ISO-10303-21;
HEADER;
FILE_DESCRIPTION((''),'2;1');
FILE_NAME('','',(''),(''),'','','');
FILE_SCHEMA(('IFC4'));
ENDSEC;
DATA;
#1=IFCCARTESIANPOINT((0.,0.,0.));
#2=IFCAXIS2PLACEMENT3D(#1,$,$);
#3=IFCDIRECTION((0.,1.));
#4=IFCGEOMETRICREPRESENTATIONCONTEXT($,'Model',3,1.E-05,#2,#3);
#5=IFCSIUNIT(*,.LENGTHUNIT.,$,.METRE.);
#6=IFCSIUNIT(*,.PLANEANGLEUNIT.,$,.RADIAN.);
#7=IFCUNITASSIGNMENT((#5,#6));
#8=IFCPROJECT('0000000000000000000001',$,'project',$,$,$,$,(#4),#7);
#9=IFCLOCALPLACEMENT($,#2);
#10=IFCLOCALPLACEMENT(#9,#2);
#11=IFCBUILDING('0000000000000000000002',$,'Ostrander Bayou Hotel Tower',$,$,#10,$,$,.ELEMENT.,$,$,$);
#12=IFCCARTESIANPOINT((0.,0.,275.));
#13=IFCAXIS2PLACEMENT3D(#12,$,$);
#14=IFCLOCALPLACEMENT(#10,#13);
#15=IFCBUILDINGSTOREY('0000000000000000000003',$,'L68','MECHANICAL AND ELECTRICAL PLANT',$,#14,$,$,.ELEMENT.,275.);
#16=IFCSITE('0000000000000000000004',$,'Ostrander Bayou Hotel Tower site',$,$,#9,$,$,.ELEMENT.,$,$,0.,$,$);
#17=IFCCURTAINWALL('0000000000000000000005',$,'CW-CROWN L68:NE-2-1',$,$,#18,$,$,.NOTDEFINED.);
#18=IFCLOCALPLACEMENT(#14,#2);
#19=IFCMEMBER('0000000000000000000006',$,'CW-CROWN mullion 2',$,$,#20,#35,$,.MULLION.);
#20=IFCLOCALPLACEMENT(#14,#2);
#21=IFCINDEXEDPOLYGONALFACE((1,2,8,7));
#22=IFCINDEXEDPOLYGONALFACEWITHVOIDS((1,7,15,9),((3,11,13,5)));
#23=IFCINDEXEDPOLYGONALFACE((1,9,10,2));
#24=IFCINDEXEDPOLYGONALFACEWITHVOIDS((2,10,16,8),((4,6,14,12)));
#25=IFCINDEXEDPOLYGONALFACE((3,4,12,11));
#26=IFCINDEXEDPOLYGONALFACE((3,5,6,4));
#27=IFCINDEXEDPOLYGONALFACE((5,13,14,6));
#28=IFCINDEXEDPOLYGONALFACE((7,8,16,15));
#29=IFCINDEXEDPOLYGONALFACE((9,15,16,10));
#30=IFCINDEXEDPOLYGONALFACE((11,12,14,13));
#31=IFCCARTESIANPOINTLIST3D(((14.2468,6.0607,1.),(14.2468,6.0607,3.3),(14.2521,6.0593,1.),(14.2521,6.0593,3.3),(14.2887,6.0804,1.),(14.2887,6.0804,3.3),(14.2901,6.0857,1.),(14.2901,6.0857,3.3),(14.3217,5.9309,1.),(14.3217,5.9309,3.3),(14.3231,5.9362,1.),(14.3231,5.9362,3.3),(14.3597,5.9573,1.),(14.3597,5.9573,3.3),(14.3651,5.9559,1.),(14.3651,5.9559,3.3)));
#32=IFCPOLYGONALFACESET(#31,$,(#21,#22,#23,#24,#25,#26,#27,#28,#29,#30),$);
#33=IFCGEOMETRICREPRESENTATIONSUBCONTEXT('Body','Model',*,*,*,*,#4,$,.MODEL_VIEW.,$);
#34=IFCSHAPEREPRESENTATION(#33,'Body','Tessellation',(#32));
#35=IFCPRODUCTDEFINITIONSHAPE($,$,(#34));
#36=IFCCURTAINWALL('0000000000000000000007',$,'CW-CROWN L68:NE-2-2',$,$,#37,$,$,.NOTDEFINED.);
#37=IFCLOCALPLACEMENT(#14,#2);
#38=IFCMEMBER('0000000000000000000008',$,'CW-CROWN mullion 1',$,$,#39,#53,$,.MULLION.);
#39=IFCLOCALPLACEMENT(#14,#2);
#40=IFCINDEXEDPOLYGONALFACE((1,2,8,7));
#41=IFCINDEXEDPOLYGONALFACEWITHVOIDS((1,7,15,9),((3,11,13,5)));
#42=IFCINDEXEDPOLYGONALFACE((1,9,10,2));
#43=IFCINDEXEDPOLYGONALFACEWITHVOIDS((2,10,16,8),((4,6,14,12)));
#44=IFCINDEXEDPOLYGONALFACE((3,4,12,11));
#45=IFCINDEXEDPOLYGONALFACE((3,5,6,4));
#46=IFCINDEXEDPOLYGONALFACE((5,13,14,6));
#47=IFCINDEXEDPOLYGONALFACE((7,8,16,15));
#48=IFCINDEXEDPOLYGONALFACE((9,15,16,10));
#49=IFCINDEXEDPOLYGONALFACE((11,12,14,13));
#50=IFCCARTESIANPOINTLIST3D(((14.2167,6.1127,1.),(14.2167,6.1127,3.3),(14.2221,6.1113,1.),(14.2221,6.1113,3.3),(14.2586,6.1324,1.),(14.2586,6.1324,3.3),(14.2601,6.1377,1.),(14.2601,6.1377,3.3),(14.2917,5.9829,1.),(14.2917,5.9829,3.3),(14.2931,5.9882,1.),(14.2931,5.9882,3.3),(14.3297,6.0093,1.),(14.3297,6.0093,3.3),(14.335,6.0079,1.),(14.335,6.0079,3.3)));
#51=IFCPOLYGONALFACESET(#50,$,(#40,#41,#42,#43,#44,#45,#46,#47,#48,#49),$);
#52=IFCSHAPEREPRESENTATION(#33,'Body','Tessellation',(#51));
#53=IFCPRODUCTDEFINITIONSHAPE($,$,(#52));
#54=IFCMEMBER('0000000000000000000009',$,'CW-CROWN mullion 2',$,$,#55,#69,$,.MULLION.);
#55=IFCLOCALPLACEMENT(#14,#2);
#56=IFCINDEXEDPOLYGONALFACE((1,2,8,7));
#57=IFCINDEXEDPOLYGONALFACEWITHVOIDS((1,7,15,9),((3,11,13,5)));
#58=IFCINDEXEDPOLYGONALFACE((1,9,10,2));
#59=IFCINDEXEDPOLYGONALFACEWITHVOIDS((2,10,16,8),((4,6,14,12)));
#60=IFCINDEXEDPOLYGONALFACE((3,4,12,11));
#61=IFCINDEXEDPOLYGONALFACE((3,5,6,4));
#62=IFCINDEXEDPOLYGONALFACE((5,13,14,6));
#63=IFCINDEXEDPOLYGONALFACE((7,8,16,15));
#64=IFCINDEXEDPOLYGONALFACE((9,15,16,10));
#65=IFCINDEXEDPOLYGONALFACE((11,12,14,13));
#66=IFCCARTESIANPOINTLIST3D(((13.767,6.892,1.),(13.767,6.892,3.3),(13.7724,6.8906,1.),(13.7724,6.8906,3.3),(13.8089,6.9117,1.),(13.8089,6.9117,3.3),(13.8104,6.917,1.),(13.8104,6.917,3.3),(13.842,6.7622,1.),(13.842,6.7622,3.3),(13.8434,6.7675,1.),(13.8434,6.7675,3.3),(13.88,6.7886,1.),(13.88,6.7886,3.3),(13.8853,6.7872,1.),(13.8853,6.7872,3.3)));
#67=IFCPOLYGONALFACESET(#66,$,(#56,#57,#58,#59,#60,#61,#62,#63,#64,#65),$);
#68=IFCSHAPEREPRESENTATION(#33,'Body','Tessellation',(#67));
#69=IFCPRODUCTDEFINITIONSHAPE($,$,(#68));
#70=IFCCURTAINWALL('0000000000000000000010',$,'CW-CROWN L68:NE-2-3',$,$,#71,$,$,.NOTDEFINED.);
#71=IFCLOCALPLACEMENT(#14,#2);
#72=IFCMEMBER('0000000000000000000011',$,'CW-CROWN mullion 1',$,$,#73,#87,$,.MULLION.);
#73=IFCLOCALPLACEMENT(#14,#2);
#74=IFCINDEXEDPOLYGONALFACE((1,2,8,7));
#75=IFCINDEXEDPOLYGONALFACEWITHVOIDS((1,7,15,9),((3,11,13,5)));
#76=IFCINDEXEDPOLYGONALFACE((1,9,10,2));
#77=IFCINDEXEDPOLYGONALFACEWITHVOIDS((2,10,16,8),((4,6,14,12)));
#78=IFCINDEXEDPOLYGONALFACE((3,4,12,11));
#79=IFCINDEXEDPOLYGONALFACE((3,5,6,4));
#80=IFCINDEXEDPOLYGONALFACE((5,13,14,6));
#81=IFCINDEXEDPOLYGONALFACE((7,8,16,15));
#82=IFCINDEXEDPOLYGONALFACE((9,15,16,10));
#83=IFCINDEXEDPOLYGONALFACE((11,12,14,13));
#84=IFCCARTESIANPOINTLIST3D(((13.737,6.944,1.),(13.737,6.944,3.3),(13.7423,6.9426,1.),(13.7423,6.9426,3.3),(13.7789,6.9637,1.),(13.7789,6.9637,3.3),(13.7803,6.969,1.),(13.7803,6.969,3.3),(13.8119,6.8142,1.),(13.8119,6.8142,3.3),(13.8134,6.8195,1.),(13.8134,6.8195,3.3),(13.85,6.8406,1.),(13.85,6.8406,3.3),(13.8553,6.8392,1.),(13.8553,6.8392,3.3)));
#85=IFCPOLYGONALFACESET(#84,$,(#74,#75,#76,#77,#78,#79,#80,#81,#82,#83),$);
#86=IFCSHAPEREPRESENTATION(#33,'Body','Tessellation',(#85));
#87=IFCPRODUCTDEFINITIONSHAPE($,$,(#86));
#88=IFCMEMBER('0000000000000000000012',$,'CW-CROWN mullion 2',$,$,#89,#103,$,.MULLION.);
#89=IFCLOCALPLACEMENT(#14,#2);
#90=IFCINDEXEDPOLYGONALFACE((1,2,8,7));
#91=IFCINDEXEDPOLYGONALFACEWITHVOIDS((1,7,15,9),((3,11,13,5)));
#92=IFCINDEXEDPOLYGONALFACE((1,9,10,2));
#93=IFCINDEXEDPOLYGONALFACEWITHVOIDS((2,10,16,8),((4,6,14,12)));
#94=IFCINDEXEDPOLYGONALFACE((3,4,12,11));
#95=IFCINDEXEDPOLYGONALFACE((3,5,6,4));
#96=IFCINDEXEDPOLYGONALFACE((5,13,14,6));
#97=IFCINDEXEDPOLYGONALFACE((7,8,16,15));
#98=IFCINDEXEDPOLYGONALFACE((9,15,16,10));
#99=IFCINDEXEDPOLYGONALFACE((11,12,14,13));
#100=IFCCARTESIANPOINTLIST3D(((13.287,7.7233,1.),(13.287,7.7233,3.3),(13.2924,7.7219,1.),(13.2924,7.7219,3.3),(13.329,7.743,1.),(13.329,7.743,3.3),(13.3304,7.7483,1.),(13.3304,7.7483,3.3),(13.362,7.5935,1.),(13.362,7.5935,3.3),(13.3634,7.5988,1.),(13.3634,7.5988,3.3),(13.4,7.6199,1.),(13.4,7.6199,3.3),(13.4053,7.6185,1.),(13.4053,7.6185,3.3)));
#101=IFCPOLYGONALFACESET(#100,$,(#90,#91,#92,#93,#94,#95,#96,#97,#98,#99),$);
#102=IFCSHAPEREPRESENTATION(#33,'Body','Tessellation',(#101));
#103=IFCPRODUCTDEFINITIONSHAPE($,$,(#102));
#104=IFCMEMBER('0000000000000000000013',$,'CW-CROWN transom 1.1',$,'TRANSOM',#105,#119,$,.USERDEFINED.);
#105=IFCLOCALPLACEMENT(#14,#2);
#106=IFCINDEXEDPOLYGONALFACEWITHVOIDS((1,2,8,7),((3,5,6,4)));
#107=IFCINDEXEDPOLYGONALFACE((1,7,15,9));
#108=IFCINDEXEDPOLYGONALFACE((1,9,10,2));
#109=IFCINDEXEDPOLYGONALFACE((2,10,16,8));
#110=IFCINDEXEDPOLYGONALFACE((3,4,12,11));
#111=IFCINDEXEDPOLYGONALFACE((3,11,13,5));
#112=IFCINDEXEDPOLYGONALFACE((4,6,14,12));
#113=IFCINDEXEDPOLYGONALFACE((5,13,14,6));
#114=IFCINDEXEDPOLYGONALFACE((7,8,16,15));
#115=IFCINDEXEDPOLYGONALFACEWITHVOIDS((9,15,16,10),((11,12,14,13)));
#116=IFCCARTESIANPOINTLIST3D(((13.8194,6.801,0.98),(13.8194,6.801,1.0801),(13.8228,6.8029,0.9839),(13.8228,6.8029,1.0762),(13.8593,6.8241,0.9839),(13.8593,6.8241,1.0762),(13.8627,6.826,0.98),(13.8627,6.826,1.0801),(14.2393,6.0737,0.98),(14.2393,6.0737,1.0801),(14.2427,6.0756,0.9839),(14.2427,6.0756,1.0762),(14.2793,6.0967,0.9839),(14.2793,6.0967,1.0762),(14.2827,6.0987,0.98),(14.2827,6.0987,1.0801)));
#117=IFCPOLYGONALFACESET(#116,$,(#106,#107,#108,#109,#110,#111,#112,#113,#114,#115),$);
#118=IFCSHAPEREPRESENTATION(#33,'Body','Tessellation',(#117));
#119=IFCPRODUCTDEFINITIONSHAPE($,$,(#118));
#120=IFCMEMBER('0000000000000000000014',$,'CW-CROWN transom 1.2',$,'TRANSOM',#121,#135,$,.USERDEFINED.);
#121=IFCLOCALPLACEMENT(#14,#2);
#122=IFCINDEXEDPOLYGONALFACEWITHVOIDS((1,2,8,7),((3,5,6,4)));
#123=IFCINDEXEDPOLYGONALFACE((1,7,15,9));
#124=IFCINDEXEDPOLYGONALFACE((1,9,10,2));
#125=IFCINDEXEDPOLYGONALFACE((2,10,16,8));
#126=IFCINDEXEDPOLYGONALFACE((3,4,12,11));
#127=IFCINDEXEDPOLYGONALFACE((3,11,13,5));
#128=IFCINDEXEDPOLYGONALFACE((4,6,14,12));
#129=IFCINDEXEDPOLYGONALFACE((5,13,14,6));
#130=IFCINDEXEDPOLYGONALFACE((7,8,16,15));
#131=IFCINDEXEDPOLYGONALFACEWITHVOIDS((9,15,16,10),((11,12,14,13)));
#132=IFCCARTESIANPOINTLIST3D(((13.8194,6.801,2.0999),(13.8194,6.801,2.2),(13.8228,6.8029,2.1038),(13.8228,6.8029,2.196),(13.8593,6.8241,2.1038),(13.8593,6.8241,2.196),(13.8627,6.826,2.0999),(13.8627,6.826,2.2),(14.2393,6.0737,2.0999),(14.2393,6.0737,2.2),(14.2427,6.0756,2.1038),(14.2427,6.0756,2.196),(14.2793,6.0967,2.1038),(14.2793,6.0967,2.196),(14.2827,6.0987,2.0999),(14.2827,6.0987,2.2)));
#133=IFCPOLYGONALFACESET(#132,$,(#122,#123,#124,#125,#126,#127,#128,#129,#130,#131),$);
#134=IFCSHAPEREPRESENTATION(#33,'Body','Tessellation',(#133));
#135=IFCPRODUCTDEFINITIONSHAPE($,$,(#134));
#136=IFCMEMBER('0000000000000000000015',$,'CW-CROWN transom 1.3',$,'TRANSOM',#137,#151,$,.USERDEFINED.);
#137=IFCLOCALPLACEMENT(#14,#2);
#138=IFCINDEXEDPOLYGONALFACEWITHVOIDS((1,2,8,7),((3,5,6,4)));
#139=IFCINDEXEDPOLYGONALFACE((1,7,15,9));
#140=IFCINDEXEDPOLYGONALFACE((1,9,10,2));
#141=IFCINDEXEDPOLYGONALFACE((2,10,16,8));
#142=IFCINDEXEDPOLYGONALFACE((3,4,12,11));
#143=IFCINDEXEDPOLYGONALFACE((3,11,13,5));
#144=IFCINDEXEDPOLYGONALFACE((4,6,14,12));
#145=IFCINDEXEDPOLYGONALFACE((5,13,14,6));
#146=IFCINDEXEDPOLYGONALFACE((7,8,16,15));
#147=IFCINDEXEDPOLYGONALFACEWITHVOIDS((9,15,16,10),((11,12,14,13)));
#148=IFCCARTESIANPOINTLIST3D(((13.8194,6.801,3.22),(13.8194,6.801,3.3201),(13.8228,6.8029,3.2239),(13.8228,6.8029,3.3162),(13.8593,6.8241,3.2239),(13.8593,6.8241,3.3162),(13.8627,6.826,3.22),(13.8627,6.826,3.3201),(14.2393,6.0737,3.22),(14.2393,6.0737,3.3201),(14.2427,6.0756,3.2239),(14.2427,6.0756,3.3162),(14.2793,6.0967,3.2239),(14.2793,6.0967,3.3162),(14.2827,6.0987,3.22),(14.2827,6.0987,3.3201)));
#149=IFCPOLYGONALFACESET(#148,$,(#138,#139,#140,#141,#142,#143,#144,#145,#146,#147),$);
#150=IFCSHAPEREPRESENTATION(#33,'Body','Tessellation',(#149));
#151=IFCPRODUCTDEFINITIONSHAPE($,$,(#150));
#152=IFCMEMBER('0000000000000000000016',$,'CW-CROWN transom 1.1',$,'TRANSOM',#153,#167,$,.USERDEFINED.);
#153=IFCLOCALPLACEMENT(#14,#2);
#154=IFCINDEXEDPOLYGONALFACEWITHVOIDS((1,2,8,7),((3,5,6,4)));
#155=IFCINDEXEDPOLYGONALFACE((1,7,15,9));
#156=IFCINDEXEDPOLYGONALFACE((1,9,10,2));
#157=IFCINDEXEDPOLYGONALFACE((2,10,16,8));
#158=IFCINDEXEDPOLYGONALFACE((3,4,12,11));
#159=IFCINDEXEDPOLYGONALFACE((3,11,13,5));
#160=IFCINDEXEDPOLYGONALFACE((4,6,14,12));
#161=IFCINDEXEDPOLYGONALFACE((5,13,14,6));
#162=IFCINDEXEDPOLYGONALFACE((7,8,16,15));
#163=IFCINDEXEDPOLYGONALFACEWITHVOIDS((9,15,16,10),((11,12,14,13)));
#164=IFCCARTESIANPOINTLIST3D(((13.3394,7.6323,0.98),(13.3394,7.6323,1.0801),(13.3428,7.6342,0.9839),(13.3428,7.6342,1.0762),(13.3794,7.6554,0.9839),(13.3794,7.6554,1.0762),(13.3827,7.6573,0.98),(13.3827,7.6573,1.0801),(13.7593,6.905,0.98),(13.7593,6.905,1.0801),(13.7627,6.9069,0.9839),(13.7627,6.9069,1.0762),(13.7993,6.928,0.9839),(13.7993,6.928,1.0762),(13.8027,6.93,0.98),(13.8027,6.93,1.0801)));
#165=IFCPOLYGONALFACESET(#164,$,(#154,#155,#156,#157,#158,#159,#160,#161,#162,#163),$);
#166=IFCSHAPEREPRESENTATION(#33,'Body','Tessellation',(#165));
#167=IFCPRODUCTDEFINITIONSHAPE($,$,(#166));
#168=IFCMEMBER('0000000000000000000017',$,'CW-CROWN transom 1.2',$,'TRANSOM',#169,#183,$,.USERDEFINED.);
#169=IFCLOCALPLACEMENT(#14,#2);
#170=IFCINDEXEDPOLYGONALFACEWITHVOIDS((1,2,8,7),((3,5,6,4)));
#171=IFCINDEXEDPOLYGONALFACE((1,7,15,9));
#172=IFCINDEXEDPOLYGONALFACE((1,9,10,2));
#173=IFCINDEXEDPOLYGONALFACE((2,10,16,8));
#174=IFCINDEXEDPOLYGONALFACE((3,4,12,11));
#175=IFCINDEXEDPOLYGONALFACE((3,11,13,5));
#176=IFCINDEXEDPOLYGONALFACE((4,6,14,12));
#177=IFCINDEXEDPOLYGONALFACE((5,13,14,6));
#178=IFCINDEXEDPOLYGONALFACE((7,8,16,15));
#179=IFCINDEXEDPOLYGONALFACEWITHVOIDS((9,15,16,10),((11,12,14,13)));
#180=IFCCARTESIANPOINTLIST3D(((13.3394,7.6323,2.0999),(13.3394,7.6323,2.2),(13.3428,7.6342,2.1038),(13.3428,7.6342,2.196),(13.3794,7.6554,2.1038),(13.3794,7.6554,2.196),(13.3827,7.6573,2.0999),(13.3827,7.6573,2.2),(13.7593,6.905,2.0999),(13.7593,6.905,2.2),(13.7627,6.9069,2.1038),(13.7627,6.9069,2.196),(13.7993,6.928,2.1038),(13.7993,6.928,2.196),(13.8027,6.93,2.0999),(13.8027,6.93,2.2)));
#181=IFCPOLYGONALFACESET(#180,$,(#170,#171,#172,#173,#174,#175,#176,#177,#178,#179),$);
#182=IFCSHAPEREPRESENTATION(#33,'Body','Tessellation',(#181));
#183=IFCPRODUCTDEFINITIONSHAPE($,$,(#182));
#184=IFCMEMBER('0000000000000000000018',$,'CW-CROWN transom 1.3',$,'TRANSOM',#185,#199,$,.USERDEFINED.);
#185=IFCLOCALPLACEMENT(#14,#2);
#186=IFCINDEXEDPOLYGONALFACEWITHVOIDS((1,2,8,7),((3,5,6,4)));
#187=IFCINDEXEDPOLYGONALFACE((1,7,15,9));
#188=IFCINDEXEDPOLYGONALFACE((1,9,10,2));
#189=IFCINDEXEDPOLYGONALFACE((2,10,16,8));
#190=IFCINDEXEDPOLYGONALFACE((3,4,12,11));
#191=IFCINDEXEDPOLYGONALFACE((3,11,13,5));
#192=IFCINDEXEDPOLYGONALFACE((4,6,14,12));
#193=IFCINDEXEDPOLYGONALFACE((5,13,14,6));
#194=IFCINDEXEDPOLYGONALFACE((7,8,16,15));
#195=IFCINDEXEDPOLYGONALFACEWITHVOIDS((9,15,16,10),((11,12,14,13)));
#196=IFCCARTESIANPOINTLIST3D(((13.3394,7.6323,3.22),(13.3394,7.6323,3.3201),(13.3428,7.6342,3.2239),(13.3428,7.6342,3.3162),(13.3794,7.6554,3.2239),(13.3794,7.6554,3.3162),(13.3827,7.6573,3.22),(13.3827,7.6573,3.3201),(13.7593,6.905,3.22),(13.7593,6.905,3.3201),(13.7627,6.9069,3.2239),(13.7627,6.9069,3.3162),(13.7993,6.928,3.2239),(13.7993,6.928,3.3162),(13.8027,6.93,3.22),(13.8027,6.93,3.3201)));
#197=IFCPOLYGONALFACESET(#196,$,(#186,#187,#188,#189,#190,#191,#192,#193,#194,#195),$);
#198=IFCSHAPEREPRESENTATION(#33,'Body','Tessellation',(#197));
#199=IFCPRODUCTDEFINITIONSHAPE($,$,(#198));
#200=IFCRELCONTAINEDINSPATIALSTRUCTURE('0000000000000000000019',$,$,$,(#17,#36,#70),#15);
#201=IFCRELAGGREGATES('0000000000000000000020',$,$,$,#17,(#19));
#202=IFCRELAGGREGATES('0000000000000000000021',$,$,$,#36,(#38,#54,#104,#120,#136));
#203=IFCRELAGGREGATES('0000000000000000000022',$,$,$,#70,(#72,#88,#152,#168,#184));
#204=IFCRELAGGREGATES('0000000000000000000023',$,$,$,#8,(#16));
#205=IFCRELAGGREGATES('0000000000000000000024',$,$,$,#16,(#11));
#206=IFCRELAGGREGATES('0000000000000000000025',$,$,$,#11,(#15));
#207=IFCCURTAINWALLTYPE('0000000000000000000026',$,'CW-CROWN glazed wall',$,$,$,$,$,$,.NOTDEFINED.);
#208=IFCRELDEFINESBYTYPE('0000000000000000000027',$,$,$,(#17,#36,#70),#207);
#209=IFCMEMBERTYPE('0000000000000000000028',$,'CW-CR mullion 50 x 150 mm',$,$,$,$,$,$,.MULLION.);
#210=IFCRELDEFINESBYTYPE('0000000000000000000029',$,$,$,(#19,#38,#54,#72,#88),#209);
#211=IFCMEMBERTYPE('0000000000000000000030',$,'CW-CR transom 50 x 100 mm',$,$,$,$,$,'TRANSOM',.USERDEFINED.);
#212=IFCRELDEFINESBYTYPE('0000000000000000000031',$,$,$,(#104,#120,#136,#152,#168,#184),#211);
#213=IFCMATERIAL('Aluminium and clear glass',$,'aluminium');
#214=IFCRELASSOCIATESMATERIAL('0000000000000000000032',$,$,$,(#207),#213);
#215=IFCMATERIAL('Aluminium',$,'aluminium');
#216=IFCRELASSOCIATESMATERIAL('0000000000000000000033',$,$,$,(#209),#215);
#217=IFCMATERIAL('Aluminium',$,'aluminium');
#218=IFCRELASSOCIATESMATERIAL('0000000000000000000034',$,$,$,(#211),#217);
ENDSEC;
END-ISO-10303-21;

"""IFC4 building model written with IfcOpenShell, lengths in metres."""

from ifc_helpers import new_model, si_unit, direction, frame, origin, origin_2d, place, context, subcontext, project, spatial, hollow_rectangle, extrude, material, material_profile, profile_set, type_object, element, aggregate, save


model = new_model("IFC4")

# Units and contexts
model_context = context("Model", 3, precision=1e-05, world=origin(), true_north=direction((0.0, 1.0)))
body_context = subcontext(model_context, "Body", "Model", "MODEL_VIEW")
ifc_project = project(units=[si_unit("LENGTHUNIT", "METRE"), si_unit("PLANEANGLEUNIT", "RADIAN")], contexts=[model_context])

# Site, building, storey
site_placement = place(None, origin())
site = spatial("IfcSite", under=ifc_project, at=site_placement, Name="Ostrander Bayou Hotel Tower site", CompositionType="ELEMENT", RefElevation=0.0)
building_placement = place(site_placement, origin())
building = spatial("IfcBuilding", under=site, at=building_placement, Name="Ostrander Bayou Hotel Tower", CompositionType="ELEMENT")
storey_placement = place(building_placement, frame((0.0, 0.0, 275.0)))
storey = spatial("IfcBuildingStorey", under=building, at=storey_placement, Name="L68", Description="MECHANICAL AND ELECTRICAL PLANT", CompositionType="ELEMENT", Elevation=275.0)

# Curtain wall, member
ifc_material_1 = material(Name="Aluminium and clear glass", Category="aluminium")
curtain_wall_type = type_object("IfcCurtainWallType", Name="CW-CROWN glazed wall", PredefinedType="NOTDEFINED", material=ifc_material_1)
curtain_wall_1_placement = place(storey_placement, origin())
curtain_wall_1 = element("IfcCurtainWall", 1, at=curtain_wall_1_placement, inside=storey, type_object=curtain_wall_type, Name="CW-CROWN L68:NE-2-1", PredefinedType="NOTDEFINED")
ifc_material_2 = material(Name="Aluminium", Category="aluminium")
ifc_material_profile_1 = material_profile(ifc_material_2, hollow_rectangle(XDim=0.05, YDim=0.1499, WallThickness=0.0039, at=origin_2d()))
ifc_profile_set_1 = profile_set([ifc_material_profile_1], Name="Aluminium")
member_type_1 = type_object("IfcMemberType", Name="CW-CR mullion 50 x 150 mm", PredefinedType="MULLION", material=ifc_profile_set_1)
member_1_placement = place(storey_placement, frame((14.3059, 6.0083, 1.0), z_axis=(0.0, 0.0, 1.0), x_axis=(-0.866022, -0.500005, 0.0)))
member_1 = element("IfcMember", 2, at=member_1_placement, type_object=member_type_1, Name="CW-CROWN mullion 2", PredefinedType="MULLION", context=body_context, shape_type="SweptSolid", body=[
    extrude(hollow_rectangle(XDim=0.05, YDim=0.1499, WallThickness=0.0039, at=origin_2d()), origin(), (0.0, 0.0, 1.0), 2.3),
])

# Curtain walls, members
curtain_wall_2_placement = place(storey_placement, origin())
curtain_wall_2 = element("IfcCurtainWall", 3, at=curtain_wall_2_placement, inside=storey, type_object=curtain_wall_type, Name="CW-CROWN L68:NE-2-2", PredefinedType="NOTDEFINED")
member_2_placement = place(storey_placement, frame((14.2759, 6.0603, 1.0), z_axis=(0.0, 0.0, 1.0), x_axis=(-0.866022, -0.500005, 0.0)))
member_2 = element("IfcMember", 4, at=member_2_placement, type_object=member_type_1, Name="CW-CROWN mullion 1", PredefinedType="MULLION", context=body_context, shape_type="SweptSolid", body=[
    extrude(hollow_rectangle(XDim=0.05, YDim=0.1499, WallThickness=0.0039, at=origin_2d()), origin(), (0.0, 0.0, 1.0), 2.3),
])
member_3_placement = place(storey_placement, frame((13.8262, 6.8396, 1.0), z_axis=(0.0, 0.0, 1.0), x_axis=(-0.866022, -0.500005, 0.0)))
member_3 = element("IfcMember", 5, at=member_3_placement, type_object=member_type_1, Name="CW-CROWN mullion 2", PredefinedType="MULLION", context=body_context, shape_type="SweptSolid", body=[
    extrude(hollow_rectangle(XDim=0.05, YDim=0.1499, WallThickness=0.0039, at=origin_2d()), origin(), (0.0, 0.0, 1.0), 2.3),
])
curtain_wall_3_placement = place(storey_placement, origin())
curtain_wall_3 = element("IfcCurtainWall", 6, at=curtain_wall_3_placement, inside=storey, type_object=curtain_wall_type, Name="CW-CROWN L68:NE-2-3", PredefinedType="NOTDEFINED")
member_4_placement = place(storey_placement, frame((13.7961, 6.8916, 1.0), z_axis=(0.0, 0.0, 1.0), x_axis=(-0.866049, -0.49996, 0.0)))
member_4 = element("IfcMember", 7, at=member_4_placement, type_object=member_type_1, Name="CW-CROWN mullion 1", PredefinedType="MULLION", context=body_context, shape_type="SweptSolid", body=[
    extrude(hollow_rectangle(XDim=0.05, YDim=0.1499, WallThickness=0.0039, at=origin_2d()), origin(), (0.0, 0.0, 1.0), 2.3),
])
member_5_placement = place(storey_placement, frame((13.3462, 7.6709, 1.0), z_axis=(0.0, 0.0, 1.0), x_axis=(-0.866049, -0.49996, 0.0)))
member_5 = element("IfcMember", 8, at=member_5_placement, type_object=member_type_1, Name="CW-CROWN mullion 2", PredefinedType="MULLION", context=body_context, shape_type="SweptSolid", body=[
    extrude(hollow_rectangle(XDim=0.05, YDim=0.1499, WallThickness=0.0039, at=origin_2d()), origin(), (0.0, 0.0, 1.0), 2.3),
])

# Members
ifc_material_3 = material(Name="Aluminium", Category="aluminium")
ifc_material_profile_2 = material_profile(ifc_material_3, hollow_rectangle(XDim=0.05, YDim=0.1001, WallThickness=0.0039, at=origin_2d()))
ifc_profile_set_2 = profile_set([ifc_material_profile_2], Name="Aluminium")
member_type_2 = type_object("IfcMemberType", Name="CW-CR transom 50 x 100 mm", ElementType="TRANSOM", PredefinedType="USERDEFINED", material=ifc_profile_set_2)
member_6_placement = place(storey_placement, frame((14.261, 6.0862, 1.03), z_axis=(-0.500016, 0.866016, 0.0), x_axis=(-0.866016, -0.500016, 0.0)))
member_6 = element("IfcMember", 9, at=member_6_placement, type_object=member_type_2, Name="CW-CROWN transom 1.1", ObjectType="TRANSOM", PredefinedType="USERDEFINED", context=body_context, shape_type="SweptSolid", body=[
    extrude(hollow_rectangle(XDim=0.05, YDim=0.1001, WallThickness=0.0039, at=origin_2d()), origin(), (0.0, 0.0, 1.0), 0.8398),
])
member_7_placement = place(storey_placement, frame((14.261, 6.0862, 2.1499), z_axis=(-0.500016, 0.866016, 0.0), x_axis=(-0.866016, -0.500016, 0.0)))
member_7 = element("IfcMember", 10, at=member_7_placement, type_object=member_type_2, Name="CW-CROWN transom 1.2", ObjectType="TRANSOM", PredefinedType="USERDEFINED", context=body_context, shape_type="SweptSolid", body=[
    extrude(hollow_rectangle(XDim=0.05, YDim=0.1001, WallThickness=0.0039, at=origin_2d()), origin(), (0.0, 0.0, 1.0), 0.8398),
])
member_8_placement = place(storey_placement, frame((14.261, 6.0862, 3.27), z_axis=(-0.500016, 0.866016, 0.0), x_axis=(-0.866016, -0.500016, 0.0)))
member_8 = element("IfcMember", 11, at=member_8_placement, type_object=member_type_2, Name="CW-CROWN transom 1.3", ObjectType="TRANSOM", PredefinedType="USERDEFINED", context=body_context, shape_type="SweptSolid", body=[
    extrude(hollow_rectangle(XDim=0.05, YDim=0.1001, WallThickness=0.0039, at=origin_2d()), origin(), (0.0, 0.0, 1.0), 0.8398),
])
member_9_placement = place(storey_placement, frame((13.781, 6.9175, 1.03), z_axis=(-0.500016, 0.866016, 0.0), x_axis=(-0.866016, -0.500016, 0.0)))
member_9 = element("IfcMember", 12, at=member_9_placement, type_object=member_type_2, Name="CW-CROWN transom 1.1", ObjectType="TRANSOM", PredefinedType="USERDEFINED", context=body_context, shape_type="SweptSolid", body=[
    extrude(hollow_rectangle(XDim=0.05, YDim=0.1001, WallThickness=0.0039, at=origin_2d()), origin(), (0.0, 0.0, 1.0), 0.8398),
])
member_10_placement = place(storey_placement, frame((13.781, 6.9175, 2.1499), z_axis=(-0.500016, 0.866016, 0.0), x_axis=(-0.866016, -0.500016, 0.0)))
member_10 = element("IfcMember", 13, at=member_10_placement, type_object=member_type_2, Name="CW-CROWN transom 1.2", ObjectType="TRANSOM", PredefinedType="USERDEFINED", context=body_context, shape_type="SweptSolid", body=[
    extrude(hollow_rectangle(XDim=0.05, YDim=0.1001, WallThickness=0.0039, at=origin_2d()), origin(), (0.0, 0.0, 1.0), 0.8398),
])
member_11_placement = place(storey_placement, frame((13.781, 6.9175, 3.27), z_axis=(-0.500016, 0.866016, 0.0), x_axis=(-0.866016, -0.500016, 0.0)))
member_11 = element("IfcMember", 14, at=member_11_placement, type_object=member_type_2, Name="CW-CROWN transom 1.3", ObjectType="TRANSOM", PredefinedType="USERDEFINED", context=body_context, shape_type="SweptSolid", body=[
    extrude(hollow_rectangle(XDim=0.05, YDim=0.1001, WallThickness=0.0039, at=origin_2d()), origin(), (0.0, 0.0, 1.0), 0.8398),
])

aggregate(curtain_wall_1, [member_1])
aggregate(curtain_wall_2, [member_2, member_3, member_6, member_7, member_8])
aggregate(curtain_wall_3, [member_4, member_5, member_9, member_10, member_11])

save(model, "model.ifc")
